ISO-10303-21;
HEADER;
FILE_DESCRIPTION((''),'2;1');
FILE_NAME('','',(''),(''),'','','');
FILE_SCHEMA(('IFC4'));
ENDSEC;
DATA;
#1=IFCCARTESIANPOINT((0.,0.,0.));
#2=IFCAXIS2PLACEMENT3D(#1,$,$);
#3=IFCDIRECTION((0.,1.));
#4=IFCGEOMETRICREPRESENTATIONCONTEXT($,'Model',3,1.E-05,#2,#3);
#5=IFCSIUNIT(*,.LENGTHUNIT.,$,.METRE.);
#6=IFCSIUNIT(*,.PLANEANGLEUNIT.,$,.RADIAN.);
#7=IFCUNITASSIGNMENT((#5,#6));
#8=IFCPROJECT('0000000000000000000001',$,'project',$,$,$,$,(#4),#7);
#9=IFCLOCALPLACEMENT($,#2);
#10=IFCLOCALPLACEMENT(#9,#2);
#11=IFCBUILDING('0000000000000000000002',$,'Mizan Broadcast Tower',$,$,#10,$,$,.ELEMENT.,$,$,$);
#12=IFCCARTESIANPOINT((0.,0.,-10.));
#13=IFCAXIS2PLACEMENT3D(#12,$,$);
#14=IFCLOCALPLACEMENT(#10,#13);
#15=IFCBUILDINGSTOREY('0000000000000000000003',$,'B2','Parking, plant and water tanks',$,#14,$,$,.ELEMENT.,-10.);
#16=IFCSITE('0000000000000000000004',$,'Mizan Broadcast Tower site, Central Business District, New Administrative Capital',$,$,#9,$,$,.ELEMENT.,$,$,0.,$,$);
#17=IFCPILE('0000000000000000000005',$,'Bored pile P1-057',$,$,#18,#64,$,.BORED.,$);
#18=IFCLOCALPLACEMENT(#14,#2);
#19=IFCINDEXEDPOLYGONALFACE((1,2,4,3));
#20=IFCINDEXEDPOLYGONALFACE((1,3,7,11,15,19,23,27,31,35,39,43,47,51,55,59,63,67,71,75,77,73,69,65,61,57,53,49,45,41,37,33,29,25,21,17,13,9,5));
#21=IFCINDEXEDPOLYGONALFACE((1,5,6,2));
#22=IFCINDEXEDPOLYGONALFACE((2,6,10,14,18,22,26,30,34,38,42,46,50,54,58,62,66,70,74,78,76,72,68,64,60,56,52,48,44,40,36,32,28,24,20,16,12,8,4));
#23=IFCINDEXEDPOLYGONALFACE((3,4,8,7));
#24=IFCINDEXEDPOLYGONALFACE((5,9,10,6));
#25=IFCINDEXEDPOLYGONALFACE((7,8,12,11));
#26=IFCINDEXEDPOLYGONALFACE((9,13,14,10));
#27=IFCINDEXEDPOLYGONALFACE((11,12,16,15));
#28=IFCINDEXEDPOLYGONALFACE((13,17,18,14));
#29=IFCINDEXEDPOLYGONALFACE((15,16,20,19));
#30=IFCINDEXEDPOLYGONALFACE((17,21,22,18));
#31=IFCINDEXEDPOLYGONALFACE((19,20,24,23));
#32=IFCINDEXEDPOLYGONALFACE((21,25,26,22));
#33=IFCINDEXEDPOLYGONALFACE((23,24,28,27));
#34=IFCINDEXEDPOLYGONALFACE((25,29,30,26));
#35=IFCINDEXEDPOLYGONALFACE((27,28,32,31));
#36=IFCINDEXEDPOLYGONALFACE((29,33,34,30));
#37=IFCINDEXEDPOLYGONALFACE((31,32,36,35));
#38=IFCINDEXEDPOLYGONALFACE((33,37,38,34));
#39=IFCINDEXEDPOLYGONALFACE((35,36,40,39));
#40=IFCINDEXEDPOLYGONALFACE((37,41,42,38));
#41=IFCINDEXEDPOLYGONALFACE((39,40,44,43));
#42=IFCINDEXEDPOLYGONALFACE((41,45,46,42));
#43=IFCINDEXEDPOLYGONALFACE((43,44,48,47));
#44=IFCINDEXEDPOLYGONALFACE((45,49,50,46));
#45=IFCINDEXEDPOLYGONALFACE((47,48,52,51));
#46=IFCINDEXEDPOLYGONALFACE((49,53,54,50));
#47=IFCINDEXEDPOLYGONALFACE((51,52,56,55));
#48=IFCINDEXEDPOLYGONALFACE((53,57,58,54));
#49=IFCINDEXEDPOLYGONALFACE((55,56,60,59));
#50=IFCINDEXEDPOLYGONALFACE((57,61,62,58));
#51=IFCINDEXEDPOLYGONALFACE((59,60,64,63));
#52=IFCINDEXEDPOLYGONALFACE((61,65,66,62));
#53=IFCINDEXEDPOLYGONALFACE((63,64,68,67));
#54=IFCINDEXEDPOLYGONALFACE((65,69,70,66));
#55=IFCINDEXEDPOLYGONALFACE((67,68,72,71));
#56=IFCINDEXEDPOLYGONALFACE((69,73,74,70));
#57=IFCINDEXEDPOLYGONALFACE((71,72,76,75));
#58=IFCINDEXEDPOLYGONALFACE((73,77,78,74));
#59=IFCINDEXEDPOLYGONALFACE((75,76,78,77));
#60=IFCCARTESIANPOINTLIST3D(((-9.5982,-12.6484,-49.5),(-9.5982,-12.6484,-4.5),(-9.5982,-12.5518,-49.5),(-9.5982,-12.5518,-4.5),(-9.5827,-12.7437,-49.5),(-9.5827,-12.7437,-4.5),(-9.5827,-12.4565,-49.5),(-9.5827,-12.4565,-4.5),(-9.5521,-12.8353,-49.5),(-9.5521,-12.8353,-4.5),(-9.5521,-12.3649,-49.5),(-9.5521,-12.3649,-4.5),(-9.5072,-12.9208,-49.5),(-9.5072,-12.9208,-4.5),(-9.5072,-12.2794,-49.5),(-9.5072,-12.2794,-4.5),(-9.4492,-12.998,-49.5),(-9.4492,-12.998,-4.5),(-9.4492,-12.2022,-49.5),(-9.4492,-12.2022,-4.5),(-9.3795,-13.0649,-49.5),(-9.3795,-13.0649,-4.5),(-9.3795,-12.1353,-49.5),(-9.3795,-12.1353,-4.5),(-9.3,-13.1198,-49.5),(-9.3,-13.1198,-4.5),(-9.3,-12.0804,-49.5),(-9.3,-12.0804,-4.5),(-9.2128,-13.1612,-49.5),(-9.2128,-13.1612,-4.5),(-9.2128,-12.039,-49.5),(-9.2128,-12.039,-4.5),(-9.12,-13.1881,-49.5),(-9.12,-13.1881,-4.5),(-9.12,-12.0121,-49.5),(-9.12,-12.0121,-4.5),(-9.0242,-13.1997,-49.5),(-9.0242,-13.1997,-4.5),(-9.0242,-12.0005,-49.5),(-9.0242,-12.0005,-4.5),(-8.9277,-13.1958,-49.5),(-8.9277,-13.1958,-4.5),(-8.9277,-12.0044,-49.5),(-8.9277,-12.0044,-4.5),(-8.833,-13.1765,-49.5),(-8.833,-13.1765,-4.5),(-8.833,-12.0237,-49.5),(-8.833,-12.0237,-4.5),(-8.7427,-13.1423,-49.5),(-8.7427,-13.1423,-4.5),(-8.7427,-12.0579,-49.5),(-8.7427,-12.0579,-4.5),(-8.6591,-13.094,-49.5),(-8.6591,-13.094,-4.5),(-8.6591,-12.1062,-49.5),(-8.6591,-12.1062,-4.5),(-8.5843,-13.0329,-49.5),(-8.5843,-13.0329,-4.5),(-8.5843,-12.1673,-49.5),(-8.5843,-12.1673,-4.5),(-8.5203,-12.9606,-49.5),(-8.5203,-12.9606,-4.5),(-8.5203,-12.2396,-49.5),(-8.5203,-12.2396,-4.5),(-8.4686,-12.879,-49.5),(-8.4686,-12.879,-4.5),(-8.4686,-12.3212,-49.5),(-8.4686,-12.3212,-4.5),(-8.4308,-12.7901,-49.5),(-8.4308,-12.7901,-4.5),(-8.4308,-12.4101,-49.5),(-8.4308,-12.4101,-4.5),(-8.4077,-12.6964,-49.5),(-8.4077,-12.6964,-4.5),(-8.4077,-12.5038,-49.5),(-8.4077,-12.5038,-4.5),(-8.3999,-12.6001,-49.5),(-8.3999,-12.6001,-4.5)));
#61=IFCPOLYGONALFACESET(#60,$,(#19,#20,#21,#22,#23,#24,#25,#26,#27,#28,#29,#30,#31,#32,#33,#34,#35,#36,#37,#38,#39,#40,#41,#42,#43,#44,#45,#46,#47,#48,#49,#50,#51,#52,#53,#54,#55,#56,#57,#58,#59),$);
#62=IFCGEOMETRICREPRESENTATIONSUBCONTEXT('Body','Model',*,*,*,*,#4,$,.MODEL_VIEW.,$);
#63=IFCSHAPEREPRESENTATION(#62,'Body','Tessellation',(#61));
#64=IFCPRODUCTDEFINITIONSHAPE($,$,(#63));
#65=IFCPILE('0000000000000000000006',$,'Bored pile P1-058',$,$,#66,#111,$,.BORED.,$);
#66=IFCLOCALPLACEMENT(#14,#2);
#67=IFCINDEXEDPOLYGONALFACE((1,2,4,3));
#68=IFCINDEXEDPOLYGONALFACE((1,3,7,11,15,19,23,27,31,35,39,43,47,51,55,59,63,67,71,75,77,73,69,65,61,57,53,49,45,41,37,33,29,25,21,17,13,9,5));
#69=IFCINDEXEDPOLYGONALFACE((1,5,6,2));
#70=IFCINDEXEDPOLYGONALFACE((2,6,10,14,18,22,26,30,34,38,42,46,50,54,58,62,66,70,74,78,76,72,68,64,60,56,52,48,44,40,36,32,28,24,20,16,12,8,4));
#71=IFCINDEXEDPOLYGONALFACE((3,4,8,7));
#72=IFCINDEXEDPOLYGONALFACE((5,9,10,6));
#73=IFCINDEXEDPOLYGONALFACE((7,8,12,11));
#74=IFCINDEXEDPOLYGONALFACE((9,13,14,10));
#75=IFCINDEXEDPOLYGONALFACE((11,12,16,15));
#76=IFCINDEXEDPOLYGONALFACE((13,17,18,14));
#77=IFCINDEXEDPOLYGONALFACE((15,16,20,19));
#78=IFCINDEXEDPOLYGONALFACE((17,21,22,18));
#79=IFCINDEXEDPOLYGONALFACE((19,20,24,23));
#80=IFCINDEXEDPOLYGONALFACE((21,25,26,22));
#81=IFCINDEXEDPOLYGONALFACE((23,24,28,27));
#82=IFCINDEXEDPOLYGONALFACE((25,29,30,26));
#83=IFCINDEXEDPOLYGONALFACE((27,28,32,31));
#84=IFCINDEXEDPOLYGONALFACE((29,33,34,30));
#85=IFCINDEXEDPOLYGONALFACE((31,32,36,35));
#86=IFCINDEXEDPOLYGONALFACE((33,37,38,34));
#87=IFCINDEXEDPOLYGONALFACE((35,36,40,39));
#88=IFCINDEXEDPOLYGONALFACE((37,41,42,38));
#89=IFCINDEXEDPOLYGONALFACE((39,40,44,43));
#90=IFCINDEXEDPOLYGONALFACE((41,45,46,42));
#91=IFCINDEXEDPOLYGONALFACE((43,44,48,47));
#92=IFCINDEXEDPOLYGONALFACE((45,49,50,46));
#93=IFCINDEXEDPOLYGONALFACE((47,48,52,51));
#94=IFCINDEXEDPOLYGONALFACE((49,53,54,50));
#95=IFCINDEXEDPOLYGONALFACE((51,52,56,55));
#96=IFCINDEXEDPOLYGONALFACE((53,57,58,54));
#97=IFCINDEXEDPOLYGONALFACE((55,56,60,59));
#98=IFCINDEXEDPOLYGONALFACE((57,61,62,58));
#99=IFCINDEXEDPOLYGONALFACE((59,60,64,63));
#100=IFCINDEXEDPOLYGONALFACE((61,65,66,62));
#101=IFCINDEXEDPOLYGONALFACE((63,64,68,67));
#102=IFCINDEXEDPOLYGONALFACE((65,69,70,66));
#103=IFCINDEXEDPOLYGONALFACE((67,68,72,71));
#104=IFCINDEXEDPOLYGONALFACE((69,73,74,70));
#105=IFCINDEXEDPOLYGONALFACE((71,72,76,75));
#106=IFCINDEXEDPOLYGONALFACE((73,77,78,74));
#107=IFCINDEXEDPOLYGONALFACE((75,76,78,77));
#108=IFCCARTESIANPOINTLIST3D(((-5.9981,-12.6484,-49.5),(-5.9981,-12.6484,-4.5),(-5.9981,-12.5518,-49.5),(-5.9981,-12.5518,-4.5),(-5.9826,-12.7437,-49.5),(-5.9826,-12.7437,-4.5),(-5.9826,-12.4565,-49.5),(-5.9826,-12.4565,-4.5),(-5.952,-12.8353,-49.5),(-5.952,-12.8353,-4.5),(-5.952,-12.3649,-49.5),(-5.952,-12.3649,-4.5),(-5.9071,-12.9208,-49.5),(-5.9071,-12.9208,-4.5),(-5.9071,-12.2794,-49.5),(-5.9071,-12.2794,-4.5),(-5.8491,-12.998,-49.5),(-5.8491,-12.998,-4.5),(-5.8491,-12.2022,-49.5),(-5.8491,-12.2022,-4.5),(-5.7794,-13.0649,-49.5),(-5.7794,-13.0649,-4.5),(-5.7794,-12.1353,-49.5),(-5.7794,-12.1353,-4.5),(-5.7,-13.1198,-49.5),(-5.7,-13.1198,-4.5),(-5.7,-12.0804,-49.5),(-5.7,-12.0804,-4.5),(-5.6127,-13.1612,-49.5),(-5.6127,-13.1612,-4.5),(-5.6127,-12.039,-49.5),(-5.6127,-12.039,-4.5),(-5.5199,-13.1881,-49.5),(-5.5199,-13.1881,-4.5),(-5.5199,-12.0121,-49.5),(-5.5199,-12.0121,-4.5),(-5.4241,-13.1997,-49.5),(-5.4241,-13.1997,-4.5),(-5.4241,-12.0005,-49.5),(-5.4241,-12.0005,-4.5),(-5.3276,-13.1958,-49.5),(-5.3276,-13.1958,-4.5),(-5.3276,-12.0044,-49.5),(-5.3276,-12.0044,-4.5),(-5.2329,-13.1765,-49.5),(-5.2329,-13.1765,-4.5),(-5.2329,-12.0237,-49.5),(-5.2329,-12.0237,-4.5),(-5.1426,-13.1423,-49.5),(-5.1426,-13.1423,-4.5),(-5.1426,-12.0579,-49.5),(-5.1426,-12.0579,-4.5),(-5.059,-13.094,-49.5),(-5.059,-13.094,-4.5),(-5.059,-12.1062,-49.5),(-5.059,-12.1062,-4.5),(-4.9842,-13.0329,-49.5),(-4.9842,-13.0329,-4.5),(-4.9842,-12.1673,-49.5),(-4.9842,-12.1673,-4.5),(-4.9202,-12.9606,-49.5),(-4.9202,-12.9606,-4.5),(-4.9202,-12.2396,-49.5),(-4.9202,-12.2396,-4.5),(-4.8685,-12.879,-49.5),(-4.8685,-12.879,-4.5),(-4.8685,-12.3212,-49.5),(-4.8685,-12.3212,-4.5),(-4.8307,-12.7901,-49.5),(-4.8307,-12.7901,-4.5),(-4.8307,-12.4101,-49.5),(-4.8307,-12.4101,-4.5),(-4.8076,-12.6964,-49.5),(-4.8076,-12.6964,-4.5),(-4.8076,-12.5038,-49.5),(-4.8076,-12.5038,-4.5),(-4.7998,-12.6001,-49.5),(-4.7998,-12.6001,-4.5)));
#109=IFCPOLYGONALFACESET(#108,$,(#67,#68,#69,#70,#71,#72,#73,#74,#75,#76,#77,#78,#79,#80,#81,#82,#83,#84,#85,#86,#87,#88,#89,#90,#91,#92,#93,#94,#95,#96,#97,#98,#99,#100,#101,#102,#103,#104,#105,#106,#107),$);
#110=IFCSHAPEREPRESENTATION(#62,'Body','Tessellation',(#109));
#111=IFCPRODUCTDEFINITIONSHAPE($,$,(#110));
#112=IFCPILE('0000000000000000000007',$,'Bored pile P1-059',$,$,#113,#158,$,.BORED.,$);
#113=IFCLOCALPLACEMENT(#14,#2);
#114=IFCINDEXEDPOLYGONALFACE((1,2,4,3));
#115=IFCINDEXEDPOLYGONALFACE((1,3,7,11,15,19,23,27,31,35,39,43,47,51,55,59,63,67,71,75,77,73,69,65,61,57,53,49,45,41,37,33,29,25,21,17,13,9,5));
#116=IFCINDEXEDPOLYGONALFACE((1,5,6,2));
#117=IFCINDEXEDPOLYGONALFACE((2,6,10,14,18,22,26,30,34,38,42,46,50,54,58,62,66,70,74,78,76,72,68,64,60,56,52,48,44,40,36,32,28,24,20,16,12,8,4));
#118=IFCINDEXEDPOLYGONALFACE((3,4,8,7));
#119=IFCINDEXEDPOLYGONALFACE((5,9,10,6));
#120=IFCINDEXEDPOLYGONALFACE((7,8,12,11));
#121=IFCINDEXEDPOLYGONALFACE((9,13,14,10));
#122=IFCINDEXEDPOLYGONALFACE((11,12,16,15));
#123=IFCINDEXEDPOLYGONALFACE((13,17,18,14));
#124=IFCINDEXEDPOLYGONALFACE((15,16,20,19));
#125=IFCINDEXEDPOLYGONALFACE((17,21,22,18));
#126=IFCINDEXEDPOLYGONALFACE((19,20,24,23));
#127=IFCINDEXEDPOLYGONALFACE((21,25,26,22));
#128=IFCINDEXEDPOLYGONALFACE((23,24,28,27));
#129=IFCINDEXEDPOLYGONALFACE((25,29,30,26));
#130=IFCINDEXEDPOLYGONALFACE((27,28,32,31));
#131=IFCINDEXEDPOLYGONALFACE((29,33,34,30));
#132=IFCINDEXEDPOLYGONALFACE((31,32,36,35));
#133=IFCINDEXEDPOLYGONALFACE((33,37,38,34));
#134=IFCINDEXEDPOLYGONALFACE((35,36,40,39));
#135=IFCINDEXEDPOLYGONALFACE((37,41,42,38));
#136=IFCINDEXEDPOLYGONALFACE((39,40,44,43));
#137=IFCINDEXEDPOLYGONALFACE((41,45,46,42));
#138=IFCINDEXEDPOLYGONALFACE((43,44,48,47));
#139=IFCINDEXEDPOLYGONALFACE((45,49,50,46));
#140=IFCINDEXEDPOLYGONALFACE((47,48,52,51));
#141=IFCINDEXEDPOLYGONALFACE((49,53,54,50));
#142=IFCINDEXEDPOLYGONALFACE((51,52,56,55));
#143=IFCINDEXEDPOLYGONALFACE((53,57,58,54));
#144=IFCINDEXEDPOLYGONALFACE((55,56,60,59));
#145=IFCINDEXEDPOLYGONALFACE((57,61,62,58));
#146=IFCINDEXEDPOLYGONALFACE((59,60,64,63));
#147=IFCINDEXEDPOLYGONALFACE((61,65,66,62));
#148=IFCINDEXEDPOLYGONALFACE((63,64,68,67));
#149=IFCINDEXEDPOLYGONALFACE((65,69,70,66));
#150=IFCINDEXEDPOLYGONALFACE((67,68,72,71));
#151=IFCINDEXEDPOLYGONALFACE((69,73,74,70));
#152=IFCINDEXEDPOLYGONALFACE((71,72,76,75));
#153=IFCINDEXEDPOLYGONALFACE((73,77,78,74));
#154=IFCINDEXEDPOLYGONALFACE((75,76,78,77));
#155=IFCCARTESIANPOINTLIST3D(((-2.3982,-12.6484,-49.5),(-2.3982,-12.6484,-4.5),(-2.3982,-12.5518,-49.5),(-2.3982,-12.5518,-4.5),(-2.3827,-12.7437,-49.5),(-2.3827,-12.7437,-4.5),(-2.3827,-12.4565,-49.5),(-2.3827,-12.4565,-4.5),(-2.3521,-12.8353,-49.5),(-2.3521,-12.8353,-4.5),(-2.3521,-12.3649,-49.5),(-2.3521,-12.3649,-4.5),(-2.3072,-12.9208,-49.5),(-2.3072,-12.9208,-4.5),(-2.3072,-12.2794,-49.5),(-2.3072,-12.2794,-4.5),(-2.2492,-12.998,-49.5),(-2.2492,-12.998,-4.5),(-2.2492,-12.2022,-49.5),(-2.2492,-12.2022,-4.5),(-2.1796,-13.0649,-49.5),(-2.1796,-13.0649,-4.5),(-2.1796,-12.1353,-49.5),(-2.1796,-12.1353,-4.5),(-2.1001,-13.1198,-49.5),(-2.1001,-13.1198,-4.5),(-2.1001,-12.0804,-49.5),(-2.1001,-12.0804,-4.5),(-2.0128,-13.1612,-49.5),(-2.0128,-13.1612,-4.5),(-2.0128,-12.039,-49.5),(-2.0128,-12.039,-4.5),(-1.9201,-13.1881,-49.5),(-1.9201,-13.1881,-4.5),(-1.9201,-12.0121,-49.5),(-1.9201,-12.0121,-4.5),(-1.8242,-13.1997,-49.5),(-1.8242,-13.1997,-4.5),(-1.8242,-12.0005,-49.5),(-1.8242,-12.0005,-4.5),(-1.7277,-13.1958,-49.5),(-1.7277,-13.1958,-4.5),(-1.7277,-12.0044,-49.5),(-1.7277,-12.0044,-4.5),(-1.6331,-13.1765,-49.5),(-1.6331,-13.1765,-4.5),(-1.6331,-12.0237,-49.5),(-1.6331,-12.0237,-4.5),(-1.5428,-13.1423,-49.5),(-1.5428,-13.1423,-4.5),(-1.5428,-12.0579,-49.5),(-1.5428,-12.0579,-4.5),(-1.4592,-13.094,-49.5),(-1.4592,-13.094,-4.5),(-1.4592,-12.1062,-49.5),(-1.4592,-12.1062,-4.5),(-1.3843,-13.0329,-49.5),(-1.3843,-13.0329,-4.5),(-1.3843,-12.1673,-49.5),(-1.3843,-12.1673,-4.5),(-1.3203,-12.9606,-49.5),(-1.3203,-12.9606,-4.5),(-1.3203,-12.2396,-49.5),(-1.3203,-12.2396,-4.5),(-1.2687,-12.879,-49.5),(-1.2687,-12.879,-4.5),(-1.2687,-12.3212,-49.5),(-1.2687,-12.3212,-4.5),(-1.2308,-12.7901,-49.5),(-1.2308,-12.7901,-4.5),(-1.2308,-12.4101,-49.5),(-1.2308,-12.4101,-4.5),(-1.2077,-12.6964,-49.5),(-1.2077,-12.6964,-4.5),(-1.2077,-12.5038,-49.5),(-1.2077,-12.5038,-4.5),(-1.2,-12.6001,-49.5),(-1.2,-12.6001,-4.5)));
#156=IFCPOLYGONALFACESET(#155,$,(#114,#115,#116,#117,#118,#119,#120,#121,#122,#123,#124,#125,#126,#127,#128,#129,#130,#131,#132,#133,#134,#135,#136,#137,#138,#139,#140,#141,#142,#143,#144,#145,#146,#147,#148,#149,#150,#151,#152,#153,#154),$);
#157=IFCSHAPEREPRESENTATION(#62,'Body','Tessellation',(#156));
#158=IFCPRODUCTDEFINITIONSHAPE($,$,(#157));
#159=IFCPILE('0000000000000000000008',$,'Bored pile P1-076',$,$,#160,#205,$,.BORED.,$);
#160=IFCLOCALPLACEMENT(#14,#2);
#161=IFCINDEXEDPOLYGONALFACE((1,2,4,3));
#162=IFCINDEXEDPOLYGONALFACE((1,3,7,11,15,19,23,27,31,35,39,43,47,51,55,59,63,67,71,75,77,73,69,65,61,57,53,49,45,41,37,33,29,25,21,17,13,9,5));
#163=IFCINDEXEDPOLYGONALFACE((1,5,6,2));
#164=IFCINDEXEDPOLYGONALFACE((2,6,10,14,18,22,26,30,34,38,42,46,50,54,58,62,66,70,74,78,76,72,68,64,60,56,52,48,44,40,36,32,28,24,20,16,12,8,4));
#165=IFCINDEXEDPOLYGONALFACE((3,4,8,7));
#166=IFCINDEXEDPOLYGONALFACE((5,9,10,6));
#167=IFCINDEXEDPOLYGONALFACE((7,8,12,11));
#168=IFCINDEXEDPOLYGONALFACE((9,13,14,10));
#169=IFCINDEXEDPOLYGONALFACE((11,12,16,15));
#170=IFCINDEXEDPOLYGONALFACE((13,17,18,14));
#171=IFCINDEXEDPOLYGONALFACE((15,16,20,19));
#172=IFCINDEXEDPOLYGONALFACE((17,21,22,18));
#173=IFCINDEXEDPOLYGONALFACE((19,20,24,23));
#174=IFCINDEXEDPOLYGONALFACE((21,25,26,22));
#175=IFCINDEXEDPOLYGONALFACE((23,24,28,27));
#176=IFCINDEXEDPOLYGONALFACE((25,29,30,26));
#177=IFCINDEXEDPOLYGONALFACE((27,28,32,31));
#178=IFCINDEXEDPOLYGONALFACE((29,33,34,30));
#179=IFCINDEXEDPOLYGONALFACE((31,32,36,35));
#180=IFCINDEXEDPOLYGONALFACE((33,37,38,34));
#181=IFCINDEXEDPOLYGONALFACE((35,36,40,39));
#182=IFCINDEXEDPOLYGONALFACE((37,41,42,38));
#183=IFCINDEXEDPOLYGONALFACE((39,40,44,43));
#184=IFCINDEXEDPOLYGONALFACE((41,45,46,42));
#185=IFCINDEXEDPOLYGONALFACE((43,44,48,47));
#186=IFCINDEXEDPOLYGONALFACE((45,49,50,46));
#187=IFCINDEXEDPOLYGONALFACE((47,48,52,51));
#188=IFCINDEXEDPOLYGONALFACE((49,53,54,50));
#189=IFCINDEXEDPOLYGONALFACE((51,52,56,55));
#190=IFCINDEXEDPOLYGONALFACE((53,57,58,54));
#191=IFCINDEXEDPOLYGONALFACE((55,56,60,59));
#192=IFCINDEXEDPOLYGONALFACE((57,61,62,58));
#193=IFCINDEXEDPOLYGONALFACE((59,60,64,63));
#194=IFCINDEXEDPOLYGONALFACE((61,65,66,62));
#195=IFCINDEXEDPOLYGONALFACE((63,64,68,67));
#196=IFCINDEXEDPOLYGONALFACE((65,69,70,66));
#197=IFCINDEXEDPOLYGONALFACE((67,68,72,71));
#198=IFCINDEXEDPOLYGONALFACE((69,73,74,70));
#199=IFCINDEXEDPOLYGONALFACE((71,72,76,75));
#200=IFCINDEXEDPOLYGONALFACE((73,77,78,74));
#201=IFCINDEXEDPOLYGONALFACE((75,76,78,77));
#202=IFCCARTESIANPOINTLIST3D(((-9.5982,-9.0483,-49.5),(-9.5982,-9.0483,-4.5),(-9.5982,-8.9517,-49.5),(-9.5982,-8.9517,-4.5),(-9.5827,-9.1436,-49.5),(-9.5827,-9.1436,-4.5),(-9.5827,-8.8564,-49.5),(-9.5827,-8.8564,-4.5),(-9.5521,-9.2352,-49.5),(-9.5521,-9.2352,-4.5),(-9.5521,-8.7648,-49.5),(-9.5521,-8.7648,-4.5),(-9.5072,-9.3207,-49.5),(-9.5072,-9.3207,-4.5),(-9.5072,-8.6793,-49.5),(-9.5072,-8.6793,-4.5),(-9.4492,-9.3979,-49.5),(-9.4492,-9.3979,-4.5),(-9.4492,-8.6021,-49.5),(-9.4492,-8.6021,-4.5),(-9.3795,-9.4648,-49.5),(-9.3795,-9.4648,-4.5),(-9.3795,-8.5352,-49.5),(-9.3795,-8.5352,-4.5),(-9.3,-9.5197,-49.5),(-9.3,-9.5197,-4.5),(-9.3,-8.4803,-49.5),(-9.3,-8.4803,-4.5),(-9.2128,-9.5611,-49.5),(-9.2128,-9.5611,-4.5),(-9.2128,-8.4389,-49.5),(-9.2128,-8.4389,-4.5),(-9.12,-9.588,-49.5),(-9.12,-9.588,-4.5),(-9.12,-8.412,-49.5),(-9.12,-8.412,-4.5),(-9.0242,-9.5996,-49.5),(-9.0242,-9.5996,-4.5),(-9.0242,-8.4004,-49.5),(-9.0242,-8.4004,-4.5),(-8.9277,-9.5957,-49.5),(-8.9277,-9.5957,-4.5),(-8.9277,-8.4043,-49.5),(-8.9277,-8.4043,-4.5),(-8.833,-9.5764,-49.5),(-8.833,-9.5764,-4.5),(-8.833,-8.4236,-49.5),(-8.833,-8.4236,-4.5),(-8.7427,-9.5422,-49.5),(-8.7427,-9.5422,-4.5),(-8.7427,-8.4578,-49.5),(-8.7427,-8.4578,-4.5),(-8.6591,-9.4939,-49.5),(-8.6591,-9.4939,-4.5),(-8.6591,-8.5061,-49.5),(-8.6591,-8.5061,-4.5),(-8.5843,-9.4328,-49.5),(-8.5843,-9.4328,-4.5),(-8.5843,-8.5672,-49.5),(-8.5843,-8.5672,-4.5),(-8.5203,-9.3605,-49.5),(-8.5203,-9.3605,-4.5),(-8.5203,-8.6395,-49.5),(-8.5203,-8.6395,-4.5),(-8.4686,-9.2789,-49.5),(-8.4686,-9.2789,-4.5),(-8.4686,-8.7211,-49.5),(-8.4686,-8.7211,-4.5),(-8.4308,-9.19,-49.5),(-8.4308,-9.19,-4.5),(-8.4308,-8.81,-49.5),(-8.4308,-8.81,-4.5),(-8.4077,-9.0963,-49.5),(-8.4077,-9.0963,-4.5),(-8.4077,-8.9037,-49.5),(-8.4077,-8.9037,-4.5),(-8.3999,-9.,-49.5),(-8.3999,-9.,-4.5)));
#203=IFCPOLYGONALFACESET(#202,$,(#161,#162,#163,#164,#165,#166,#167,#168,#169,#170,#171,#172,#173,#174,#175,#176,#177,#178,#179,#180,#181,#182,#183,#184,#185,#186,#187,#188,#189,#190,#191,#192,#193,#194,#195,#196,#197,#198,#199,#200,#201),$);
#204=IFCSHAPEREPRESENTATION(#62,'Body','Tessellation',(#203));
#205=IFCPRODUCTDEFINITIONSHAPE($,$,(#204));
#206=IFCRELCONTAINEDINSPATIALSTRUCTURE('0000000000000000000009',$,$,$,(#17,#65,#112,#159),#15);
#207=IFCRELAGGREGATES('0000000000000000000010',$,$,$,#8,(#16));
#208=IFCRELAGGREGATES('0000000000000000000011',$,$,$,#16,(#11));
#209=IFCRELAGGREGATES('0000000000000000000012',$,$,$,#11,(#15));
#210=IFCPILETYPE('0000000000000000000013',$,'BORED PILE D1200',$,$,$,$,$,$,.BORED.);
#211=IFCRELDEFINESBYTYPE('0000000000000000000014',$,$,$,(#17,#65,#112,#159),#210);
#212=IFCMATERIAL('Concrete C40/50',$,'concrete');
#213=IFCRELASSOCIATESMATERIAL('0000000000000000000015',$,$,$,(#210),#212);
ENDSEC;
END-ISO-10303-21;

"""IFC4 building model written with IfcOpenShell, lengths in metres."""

from ifc_helpers import new_model, si_unit, direction, frame, origin, origin_2d, place, context, subcontext, project, spatial, circle, extrude, material, material_profile, profile_set, type_object, element, save


model = new_model("IFC4")

# Units and contexts
model_context = context("Model", 3, precision=1e-05, world=origin(), true_north=direction((0.0, 1.0)))
body_context = subcontext(model_context, "Body", "Model", "MODEL_VIEW")
ifc_project = project(units=[si_unit("LENGTHUNIT", "METRE"), si_unit("PLANEANGLEUNIT", "RADIAN")], contexts=[model_context])

# Site, building, storey
site_placement = place(None, origin())
site = spatial("IfcSite", under=ifc_project, at=site_placement, Name="Mizan Broadcast Tower site, Central Business District, New Administrative Capital", CompositionType="ELEMENT", RefElevation=0.0)
building_placement = place(site_placement, origin())
building = spatial("IfcBuilding", under=site, at=building_placement, Name="Mizan Broadcast Tower", CompositionType="ELEMENT")
storey_placement = place(building_placement, frame((0.0, 0.0, -10.0)))
storey = spatial("IfcBuildingStorey", under=building, at=storey_placement, Name="B2", Description="Parking, plant and water tanks", CompositionType="ELEMENT", Elevation=-10.0)

# Piles
ifc_material_1 = material(Name="Concrete C40/50", Category="concrete")
ifc_material_profile_1 = material_profile(ifc_material_1, circle(Radius=0.6001, at=origin_2d()), Name="D1200")
ifc_profile_set_1 = profile_set([ifc_material_profile_1], Name="Concrete C40/50")
pile_type = type_object("IfcPileType", Name="BORED PILE D1200", PredefinedType="BORED", material=ifc_profile_set_1)
for number, where, z_axis, x_axis, name in (
    (1, (-9.0, -12.6001, -4.5), (0.0, 0.0, -1.0), (1.0, 0.0, 0.0), "Bored pile P1-057"),
    (2, (-5.3999, -12.6001, -4.5), (0.0, 0.0, -1.0), (1.0, 0.0, 0.0), "Bored pile P1-058"),
    (3, (-1.8, -12.6001, -4.5), (0.0, 0.0, -1.0), (1.0, 0.0, 0.0), "Bored pile P1-059"),
    (4, (-9.0, -9.0, -4.5), (0.0, 0.0, -1.0), (1.0, 0.0, 0.0), "Bored pile P1-076"),
):
    element("IfcPile", number, at=place(storey_placement, frame(where, z_axis=z_axis, x_axis=x_axis)), inside=storey, type_object=pile_type, Name=name, PredefinedType="BORED", context=body_context, shape_type="SweptSolid", body=[
        extrude(circle(Radius=0.6001, at=origin_2d()), origin(), (0.0, 0.0, 1.0), 45.0),
    ])

save(model, "model.ifc")
